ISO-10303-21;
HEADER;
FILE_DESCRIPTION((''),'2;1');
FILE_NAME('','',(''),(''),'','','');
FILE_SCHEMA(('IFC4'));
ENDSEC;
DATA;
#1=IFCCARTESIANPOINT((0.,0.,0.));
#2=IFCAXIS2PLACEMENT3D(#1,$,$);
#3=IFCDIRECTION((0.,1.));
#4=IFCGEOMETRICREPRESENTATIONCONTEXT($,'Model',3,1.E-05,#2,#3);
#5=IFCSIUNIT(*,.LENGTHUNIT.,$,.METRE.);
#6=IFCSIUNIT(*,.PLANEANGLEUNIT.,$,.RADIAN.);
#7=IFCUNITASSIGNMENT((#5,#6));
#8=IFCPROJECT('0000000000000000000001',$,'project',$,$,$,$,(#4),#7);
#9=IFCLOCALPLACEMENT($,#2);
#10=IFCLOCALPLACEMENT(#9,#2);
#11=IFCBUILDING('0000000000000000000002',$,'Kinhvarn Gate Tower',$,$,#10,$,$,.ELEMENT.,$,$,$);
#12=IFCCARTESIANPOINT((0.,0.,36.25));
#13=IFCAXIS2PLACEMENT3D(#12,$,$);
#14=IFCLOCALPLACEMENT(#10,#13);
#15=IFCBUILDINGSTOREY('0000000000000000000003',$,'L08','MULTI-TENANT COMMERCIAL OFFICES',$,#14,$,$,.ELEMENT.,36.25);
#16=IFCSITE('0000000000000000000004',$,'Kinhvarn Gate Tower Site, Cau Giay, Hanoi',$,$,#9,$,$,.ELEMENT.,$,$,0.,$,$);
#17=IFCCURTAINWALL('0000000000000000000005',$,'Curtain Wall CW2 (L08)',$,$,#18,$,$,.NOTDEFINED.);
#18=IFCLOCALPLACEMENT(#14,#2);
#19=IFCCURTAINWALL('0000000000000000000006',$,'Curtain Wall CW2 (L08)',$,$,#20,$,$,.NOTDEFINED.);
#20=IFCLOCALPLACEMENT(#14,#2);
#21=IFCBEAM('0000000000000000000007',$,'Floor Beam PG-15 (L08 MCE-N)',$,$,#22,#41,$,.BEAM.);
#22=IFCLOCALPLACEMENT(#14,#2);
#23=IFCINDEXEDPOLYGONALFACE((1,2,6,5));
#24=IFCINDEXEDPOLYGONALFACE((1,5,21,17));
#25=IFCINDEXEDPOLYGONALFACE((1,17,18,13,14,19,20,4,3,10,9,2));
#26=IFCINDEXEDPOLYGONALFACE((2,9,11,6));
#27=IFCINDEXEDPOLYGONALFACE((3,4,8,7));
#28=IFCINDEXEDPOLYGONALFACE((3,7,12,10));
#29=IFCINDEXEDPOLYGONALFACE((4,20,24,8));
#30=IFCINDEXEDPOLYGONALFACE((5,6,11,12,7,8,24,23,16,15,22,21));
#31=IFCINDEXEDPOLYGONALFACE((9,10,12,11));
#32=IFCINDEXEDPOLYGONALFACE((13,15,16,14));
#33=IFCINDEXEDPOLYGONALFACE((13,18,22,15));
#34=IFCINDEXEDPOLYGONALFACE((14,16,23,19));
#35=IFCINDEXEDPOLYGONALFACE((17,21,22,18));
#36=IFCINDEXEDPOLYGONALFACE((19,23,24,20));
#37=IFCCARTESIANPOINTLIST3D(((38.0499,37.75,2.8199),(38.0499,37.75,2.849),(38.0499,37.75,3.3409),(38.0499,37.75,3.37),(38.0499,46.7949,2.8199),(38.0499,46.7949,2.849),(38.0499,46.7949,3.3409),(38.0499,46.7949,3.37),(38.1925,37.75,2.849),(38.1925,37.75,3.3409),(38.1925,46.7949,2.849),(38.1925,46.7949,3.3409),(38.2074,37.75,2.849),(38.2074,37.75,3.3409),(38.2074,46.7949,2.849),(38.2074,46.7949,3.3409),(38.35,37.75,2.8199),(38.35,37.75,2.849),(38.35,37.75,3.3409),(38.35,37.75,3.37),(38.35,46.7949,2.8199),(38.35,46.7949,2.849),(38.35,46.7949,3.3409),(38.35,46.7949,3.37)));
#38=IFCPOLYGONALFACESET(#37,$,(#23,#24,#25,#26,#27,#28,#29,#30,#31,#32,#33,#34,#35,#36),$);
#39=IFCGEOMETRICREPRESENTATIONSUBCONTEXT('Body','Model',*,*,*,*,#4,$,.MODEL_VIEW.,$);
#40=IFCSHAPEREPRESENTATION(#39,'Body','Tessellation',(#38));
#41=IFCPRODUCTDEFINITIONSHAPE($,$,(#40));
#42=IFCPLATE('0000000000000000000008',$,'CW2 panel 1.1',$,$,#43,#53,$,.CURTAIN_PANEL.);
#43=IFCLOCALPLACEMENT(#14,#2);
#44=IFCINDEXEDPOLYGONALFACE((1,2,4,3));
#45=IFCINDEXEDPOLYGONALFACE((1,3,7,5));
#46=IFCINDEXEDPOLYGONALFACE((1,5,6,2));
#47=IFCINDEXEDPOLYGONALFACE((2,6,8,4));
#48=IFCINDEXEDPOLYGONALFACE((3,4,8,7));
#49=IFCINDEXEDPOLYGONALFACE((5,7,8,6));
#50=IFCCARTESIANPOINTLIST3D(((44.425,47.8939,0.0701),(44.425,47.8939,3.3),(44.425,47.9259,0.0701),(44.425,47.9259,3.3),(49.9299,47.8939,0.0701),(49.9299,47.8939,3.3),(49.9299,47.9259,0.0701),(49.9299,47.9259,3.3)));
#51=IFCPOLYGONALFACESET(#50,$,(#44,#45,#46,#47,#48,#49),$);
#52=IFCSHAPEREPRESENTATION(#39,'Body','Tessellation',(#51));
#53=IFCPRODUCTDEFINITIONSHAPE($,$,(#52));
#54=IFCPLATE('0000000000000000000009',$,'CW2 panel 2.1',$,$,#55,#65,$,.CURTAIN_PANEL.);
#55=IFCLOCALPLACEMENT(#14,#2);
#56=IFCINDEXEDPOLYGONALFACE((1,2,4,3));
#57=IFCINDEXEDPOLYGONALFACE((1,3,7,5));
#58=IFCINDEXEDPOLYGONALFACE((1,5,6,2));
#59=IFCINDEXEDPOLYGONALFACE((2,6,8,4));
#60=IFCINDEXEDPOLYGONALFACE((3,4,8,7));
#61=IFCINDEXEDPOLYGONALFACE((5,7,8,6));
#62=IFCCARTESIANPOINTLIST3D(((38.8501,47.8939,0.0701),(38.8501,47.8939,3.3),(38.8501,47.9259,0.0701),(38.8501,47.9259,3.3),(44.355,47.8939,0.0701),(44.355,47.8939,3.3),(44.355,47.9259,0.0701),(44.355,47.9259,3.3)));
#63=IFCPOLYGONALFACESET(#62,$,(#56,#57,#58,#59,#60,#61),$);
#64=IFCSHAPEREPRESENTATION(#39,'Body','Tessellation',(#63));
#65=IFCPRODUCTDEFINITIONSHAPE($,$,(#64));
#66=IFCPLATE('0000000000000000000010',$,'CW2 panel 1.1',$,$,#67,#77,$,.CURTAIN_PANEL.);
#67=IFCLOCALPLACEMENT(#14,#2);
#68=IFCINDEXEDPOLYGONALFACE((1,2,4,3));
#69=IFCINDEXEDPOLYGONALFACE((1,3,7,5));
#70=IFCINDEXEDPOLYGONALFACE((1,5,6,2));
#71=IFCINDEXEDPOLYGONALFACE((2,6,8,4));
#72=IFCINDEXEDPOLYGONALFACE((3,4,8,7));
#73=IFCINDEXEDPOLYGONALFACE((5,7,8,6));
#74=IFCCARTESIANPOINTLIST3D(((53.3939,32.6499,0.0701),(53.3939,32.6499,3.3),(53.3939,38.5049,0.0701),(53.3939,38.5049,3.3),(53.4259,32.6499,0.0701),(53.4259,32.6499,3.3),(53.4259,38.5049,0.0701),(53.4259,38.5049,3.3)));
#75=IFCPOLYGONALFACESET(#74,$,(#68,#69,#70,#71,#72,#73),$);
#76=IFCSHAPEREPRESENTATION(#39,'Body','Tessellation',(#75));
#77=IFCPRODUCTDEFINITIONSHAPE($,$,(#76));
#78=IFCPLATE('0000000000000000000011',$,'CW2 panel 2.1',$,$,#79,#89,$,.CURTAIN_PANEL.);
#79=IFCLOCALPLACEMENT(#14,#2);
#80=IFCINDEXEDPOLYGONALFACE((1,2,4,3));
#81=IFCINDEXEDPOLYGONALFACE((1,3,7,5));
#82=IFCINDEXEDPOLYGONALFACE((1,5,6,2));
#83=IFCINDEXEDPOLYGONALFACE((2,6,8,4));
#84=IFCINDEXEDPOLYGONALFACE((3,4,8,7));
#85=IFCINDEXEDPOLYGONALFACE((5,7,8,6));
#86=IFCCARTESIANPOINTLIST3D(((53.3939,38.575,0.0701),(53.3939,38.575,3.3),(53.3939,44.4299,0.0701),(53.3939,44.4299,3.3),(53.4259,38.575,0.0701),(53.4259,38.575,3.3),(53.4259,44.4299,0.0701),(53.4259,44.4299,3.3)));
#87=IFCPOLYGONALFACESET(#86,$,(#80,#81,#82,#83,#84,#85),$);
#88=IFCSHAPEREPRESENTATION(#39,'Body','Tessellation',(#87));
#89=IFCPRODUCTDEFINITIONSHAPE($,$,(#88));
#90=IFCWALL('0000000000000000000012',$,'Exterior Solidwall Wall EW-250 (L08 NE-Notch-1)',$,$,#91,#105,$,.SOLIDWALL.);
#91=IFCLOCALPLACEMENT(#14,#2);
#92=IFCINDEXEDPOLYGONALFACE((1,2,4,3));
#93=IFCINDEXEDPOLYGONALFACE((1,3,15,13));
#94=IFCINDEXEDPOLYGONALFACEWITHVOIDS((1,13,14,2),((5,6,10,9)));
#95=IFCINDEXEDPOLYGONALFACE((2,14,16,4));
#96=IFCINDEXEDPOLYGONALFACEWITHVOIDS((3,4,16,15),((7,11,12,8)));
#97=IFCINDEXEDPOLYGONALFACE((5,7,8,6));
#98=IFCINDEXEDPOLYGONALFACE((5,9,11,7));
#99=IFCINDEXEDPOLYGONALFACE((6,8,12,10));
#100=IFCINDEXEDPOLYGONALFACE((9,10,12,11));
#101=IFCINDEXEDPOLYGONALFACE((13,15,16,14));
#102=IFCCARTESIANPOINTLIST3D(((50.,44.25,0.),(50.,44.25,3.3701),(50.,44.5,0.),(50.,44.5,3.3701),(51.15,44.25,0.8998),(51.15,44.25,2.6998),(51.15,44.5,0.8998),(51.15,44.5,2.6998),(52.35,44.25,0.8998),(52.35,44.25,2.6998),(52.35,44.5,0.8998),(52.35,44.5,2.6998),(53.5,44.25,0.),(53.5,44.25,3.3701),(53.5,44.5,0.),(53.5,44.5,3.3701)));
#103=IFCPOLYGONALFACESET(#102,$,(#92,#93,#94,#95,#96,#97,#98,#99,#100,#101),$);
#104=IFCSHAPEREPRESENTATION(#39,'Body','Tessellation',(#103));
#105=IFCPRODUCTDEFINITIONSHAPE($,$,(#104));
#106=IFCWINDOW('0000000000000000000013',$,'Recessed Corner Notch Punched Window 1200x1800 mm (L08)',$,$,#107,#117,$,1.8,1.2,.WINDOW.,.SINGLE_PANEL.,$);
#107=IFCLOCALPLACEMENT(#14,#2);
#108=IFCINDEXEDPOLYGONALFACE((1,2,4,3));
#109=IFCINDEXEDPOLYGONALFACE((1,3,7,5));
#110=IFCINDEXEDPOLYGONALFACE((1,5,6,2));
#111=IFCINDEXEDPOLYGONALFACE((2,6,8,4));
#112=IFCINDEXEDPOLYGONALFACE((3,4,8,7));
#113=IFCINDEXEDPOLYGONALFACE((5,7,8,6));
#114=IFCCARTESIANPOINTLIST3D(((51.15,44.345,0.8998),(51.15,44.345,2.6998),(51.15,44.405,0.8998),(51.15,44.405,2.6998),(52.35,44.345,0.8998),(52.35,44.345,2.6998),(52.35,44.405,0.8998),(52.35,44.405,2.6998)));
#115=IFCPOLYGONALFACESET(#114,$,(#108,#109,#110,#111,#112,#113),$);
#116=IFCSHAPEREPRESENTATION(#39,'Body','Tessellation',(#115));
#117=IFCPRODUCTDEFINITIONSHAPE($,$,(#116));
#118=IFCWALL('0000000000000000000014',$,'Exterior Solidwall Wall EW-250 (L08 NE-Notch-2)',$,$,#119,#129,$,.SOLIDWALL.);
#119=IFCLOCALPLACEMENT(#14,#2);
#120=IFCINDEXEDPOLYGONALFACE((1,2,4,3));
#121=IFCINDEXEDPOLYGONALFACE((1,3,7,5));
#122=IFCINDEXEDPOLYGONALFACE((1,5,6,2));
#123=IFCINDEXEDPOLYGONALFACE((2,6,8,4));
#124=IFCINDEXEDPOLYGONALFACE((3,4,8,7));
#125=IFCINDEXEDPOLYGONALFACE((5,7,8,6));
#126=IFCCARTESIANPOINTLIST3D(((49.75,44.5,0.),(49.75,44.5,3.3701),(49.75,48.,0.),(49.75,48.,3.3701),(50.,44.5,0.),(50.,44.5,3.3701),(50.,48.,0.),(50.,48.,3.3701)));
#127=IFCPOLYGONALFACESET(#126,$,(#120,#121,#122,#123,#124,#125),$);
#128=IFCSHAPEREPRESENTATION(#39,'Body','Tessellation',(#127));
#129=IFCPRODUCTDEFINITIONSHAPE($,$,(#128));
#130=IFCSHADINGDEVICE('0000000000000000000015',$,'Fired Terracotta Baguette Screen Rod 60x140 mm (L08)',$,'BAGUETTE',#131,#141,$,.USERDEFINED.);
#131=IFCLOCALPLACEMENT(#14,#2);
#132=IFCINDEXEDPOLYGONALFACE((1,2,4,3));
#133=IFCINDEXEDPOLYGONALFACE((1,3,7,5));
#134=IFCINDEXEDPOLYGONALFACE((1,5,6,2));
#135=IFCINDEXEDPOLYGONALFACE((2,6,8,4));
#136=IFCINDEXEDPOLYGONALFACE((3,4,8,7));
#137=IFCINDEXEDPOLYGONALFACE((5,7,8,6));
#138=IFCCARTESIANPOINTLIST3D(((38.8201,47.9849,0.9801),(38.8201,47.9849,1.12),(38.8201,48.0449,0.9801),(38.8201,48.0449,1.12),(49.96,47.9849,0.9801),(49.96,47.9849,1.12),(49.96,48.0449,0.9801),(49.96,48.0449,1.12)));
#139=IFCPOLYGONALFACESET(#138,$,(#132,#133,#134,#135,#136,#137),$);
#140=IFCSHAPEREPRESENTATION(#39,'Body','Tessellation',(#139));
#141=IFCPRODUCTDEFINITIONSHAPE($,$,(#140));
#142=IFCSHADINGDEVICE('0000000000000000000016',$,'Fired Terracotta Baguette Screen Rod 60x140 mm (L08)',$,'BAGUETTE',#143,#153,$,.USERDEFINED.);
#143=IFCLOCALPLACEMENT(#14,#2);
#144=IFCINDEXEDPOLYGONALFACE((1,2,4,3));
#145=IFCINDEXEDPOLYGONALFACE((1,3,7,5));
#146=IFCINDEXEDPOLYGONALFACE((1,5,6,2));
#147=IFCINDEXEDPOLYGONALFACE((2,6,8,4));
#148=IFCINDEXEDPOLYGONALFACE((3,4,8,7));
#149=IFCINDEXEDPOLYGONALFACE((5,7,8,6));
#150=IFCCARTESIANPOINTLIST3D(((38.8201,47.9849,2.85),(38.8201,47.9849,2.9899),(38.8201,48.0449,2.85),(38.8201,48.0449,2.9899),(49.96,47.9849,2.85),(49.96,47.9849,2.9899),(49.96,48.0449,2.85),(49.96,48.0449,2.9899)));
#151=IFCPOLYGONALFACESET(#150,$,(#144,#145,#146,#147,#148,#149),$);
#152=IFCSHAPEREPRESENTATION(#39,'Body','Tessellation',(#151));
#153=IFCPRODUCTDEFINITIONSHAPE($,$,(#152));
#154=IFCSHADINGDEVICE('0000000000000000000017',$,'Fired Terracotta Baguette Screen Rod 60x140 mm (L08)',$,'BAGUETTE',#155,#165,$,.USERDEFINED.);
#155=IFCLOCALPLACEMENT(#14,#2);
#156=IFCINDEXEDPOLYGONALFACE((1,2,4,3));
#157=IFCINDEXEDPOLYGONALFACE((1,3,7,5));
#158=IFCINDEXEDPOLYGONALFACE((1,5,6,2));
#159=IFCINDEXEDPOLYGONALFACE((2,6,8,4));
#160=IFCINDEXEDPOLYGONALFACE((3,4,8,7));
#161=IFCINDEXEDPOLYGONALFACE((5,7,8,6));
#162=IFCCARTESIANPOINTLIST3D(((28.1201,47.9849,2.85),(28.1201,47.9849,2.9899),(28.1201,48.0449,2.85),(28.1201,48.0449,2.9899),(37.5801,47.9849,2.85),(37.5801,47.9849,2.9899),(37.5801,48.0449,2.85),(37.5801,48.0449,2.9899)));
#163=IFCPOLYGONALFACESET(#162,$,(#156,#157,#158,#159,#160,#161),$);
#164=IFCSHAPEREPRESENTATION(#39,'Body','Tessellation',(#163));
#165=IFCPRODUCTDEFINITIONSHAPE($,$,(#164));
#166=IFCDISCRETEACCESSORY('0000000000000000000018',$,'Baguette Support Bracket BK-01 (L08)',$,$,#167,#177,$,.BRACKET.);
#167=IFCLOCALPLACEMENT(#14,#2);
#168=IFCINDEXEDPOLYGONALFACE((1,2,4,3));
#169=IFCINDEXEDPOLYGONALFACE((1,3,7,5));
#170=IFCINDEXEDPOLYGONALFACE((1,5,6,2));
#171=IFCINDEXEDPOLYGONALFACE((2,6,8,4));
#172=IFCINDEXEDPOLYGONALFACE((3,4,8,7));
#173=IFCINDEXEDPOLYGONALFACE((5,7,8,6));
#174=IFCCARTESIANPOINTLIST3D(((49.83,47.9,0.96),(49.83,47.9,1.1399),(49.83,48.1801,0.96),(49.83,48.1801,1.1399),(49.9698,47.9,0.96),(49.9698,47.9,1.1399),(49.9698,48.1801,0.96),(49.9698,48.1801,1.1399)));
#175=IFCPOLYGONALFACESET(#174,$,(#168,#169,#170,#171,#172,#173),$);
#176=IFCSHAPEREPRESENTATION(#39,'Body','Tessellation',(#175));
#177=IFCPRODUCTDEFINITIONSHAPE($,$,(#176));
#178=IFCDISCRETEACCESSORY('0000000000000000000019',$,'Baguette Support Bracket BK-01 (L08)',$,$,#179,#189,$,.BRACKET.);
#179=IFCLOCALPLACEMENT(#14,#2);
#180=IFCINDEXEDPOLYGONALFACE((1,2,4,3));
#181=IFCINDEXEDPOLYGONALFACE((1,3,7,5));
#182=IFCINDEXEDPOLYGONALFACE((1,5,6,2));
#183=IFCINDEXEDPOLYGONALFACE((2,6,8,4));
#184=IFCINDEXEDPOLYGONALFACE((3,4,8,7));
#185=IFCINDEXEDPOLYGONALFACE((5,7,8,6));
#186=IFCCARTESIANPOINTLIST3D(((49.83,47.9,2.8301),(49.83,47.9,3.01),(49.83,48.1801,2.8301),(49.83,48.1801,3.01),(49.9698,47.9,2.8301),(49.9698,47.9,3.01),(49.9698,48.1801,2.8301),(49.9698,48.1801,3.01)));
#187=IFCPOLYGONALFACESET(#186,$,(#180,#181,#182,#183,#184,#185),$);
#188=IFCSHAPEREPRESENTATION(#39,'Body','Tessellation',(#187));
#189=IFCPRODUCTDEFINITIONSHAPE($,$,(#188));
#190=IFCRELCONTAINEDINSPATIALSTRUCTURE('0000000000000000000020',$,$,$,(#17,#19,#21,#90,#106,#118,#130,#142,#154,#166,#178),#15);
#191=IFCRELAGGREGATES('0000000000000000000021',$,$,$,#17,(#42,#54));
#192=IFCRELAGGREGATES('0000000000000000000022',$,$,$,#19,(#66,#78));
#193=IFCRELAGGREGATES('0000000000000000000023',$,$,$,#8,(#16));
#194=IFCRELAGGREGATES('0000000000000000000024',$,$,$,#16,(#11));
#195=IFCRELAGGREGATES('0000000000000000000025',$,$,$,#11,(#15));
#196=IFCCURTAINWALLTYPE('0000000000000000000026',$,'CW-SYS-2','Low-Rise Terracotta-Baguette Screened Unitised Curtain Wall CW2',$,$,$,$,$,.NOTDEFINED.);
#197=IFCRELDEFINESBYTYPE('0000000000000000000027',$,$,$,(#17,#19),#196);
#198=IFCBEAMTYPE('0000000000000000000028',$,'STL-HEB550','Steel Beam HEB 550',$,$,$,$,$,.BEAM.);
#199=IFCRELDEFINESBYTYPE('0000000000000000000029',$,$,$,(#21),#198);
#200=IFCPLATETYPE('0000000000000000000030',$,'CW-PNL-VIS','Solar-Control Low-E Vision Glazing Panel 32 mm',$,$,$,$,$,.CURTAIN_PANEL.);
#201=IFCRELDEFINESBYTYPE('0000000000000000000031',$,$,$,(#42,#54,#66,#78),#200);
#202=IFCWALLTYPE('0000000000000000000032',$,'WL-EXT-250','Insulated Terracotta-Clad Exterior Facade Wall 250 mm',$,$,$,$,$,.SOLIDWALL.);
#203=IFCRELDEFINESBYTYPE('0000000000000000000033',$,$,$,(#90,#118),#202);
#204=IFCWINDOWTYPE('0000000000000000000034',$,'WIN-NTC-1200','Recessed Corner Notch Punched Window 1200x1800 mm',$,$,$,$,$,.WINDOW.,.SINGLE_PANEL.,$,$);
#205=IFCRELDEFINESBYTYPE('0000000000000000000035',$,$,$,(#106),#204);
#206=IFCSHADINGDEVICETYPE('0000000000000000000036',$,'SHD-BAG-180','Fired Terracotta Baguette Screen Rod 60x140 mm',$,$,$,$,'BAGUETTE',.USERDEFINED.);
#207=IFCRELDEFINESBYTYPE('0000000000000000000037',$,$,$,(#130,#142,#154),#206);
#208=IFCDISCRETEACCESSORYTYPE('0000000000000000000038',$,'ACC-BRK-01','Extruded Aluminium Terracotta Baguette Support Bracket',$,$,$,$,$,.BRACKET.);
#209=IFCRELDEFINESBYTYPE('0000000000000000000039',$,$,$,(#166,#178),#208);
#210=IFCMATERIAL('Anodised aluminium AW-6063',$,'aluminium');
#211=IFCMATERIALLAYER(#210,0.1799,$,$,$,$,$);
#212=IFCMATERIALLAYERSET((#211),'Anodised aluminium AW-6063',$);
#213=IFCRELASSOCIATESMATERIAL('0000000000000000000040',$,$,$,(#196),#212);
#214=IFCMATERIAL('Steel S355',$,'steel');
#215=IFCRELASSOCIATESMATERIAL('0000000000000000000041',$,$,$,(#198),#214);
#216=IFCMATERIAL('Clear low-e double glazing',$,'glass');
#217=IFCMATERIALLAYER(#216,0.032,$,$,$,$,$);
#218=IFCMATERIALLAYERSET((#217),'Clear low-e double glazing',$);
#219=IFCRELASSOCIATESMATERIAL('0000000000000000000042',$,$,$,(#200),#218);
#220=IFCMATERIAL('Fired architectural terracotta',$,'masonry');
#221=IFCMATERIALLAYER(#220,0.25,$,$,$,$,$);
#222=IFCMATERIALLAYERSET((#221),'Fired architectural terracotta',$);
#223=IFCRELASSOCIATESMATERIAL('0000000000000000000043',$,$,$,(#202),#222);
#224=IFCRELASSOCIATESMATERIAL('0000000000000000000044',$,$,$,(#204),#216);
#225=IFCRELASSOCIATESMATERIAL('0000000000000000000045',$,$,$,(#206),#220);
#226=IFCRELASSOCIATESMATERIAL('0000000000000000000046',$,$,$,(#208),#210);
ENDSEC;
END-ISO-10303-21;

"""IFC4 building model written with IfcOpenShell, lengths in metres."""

from ifc_helpers import new_model, si_unit, direction, frame, frame_2d, origin, origin_2d, place, context, subcontext, project, spatial, rectangle, i_section, extrude, material, layer, layer_set, material_profile, profile_set, type_object, element, fill, aggregate, save


model = new_model("IFC4")

# Units and contexts
model_context = context("Model", 3, precision=1e-05, world=origin(), true_north=direction((0.0, 1.0)))
body_context = subcontext(model_context, "Body", "Model", "MODEL_VIEW")
ifc_project = project(units=[si_unit("LENGTHUNIT", "METRE"), si_unit("PLANEANGLEUNIT", "RADIAN")], contexts=[model_context])

# Site, building, storey
site_placement = place(None, origin())
site = spatial("IfcSite", under=ifc_project, at=site_placement, Name="Kinhvarn Gate Tower Site, Cau Giay, Hanoi", CompositionType="ELEMENT", RefElevation=0.0)
building_placement = place(site_placement, origin())
building = spatial("IfcBuilding", under=site, at=building_placement, Name="Kinhvarn Gate Tower", CompositionType="ELEMENT")
storey_placement = place(building_placement, frame((0.0, 0.0, 36.25)))
storey = spatial("IfcBuildingStorey", under=building, at=storey_placement, Name="L08", Description="MULTI-TENANT COMMERCIAL OFFICES", CompositionType="ELEMENT", Elevation=36.25)

# Curtain wall
ifc_material_1 = material(Name="Anodised aluminium AW-6063", Category="aluminium")
ifc_layer_1 = layer(ifc_material_1, 0.1799)
ifc_layer_set_1 = layer_set([ifc_layer_1], Name="Anodised aluminium AW-6063")
curtain_wall_type = type_object("IfcCurtainWallType", Name="CW-SYS-2", Description="Low-Rise Terracotta-Baguette Screened Unitised Curtain Wall CW2", PredefinedType="NOTDEFINED", material=ifc_layer_set_1)
curtain_wall_1_placement = place(storey_placement, origin())
curtain_wall_1 = element("IfcCurtainWall", 1, at=curtain_wall_1_placement, inside=storey, type_object=curtain_wall_type, Name="Curtain Wall CW2 (L08)", PredefinedType="NOTDEFINED")

# Curtain wall
curtain_wall_2_placement = place(storey_placement, origin())
curtain_wall_2 = element("IfcCurtainWall", 2, at=curtain_wall_2_placement, inside=storey, type_object=curtain_wall_type, Name="Curtain Wall CW2 (L08)", PredefinedType="NOTDEFINED")

# Beam
ifc_material_2 = material(Name="Steel S355", Category="steel")
ifc_material_profile_1 = material_profile(ifc_material_2, i_section(OverallWidth=0.3, OverallDepth=0.55, WebThickness=0.0149, FlangeThickness=0.0291, at=origin_2d()), Name="HEB 550")
ifc_profile_set_1 = profile_set([ifc_material_profile_1], Name="Steel S355")
beam_type = type_object("IfcBeamType", Name="STL-HEB550", Description="Steel Beam HEB 550", PredefinedType="BEAM", material=ifc_profile_set_1)
beam_placement = place(storey_placement, frame((38.2, 37.75, 3.095), z_axis=(0.0, 1.0, 0.0), x_axis=(-1.0, 0.0, 0.0)))
element("IfcBeam", 3, at=beam_placement, inside=storey, type_object=beam_type, Name="Floor Beam PG-15 (L08 MCE-N)", PredefinedType="BEAM", context=body_context, shape_type="SweptSolid", body=[
    extrude(i_section(OverallWidth=0.3, OverallDepth=0.55, WebThickness=0.0149, FlangeThickness=0.0291, at=origin_2d()), origin(), (0.0, 0.0, 1.0), 9.0449),
])

# Plates
ifc_material_3 = material(Name="Clear low-e double glazing", Category="glass")
ifc_layer_2 = layer(ifc_material_3, 0.032)
ifc_layer_set_2 = layer_set([ifc_layer_2], Name="Clear low-e double glazing")
plate_type = type_object("IfcPlateType", Name="CW-PNL-VIS", Description="Solar-Control Low-E Vision Glazing Panel 32 mm", PredefinedType="CURTAIN_PANEL", material=ifc_layer_set_2)
plate_1_placement = place(storey_placement, frame((47.1775, 47.9099, 0.0701), z_axis=(0.0, 0.0, 1.0), x_axis=(-1.0, 0.0, 0.0)))
plate_1 = element("IfcPlate", 4, at=plate_1_placement, type_object=plate_type, Name="CW2 panel 1.1", PredefinedType="CURTAIN_PANEL", context=body_context, shape_type="SweptSolid", body=[
    extrude(rectangle(XDim=5.5049, YDim=0.032, at=origin_2d()), origin(), (0.0, 0.0, 1.0), 3.23),
])
plate_2_placement = place(storey_placement, frame((41.6025, 47.9099, 0.0701), z_axis=(0.0, 0.0, 1.0), x_axis=(-1.0, 0.0, 0.0)))
plate_2 = element("IfcPlate", 5, at=plate_2_placement, type_object=plate_type, Name="CW2 panel 2.1", PredefinedType="CURTAIN_PANEL", context=body_context, shape_type="SweptSolid", body=[
    extrude(rectangle(XDim=5.5049, YDim=0.032, at=origin_2d()), origin(), (0.0, 0.0, 1.0), 3.23),
])
aggregate(curtain_wall_1, [plate_1, plate_2])
plate_3_placement = place(storey_placement, frame((53.4099, 35.5774, 0.0701), z_axis=(0.0, 0.0, 1.0), x_axis=(0.0, 1.0, 0.0)))
plate_3 = element("IfcPlate", 6, at=plate_3_placement, type_object=plate_type, Name="CW2 panel 1.1", PredefinedType="CURTAIN_PANEL", context=body_context, shape_type="SweptSolid", body=[
    extrude(rectangle(XDim=5.855, YDim=0.032, at=origin_2d()), origin(), (0.0, 0.0, 1.0), 3.23),
])
plate_4_placement = place(storey_placement, frame((53.4099, 41.5024, 0.0701), z_axis=(0.0, 0.0, 1.0), x_axis=(0.0, 1.0, 0.0)))
plate_4 = element("IfcPlate", 7, at=plate_4_placement, type_object=plate_type, Name="CW2 panel 2.1", PredefinedType="CURTAIN_PANEL", context=body_context, shape_type="SweptSolid", body=[
    extrude(rectangle(XDim=5.855, YDim=0.032, at=origin_2d()), origin(), (0.0, 0.0, 1.0), 3.23),
])
aggregate(curtain_wall_2, [plate_3, plate_4])

# Wall, opening, window
ifc_material_4 = material(Name="Fired architectural terracotta", Category="masonry")
ifc_layer_3 = layer(ifc_material_4, 0.25)
ifc_layer_set_3 = layer_set([ifc_layer_3], Name="Fired architectural terracotta")
wall_type = type_object("IfcWallType", Name="WL-EXT-250", Description="Insulated Terracotta-Clad Exterior Facade Wall 250 mm", PredefinedType="SOLIDWALL", material=ifc_layer_set_3)
wall_1_placement = place(storey_placement, frame((53.5, 44.375, 0.0), z_axis=(0.0, 0.0, 1.0), x_axis=(-1.0, 0.0, 0.0)))
wall_1 = element("IfcWall", 8, at=wall_1_placement, inside=storey, type_object=wall_type, Name="Exterior Solidwall Wall EW-250 (L08 NE-Notch-1)", PredefinedType="SOLIDWALL", context=body_context, shape_type="SweptSolid", body=[
    extrude(rectangle(XDim=3.5, YDim=0.25, at=frame_2d((1.75, 0.0))), origin(), (0.0, 0.0, 1.0), 3.3701),
])
opening_placement = place(wall_1_placement, frame((1.1499, 0.0, 0.8999)))
opening = element("IfcOpeningElement", 9, at=opening_placement, cuts=wall_1, PredefinedType="OPENING", context=body_context, shape_type="SweptSolid", body=[
    extrude(rectangle(XDim=1.2, YDim=1.8, at=frame_2d((0.6001, 0.8999))), frame((0.0, 0.135, 0.0), z_axis=(0.0, -1.0, 0.0), x_axis=(1.0, 0.0, 0.0)), (0.0, 0.0, 1.0), 0.27),
])
window_type = type_object("IfcWindowType", Name="WIN-NTC-1200", Description="Recessed Corner Notch Punched Window 1200x1800 mm", PartitioningType="SINGLE_PANEL", PredefinedType="WINDOW", material=ifc_material_3)
window_placement = place(opening_placement, origin())
window = element("IfcWindow", 10, at=window_placement, inside=storey, type_object=window_type, Name="Recessed Corner Notch Punched Window 1200x1800 mm (L08)", OverallHeight=1.8, OverallWidth=1.2, PartitioningType="SINGLE_PANEL", PredefinedType="WINDOW", context=body_context, shape_type="SweptSolid", body=[
    extrude(rectangle(XDim=1.2, YDim=1.8, at=frame_2d((0.6001, 0.8999))), frame((0.0, 0.03, 0.0), z_axis=(0.0, -1.0, 0.0), x_axis=(1.0, 0.0, 0.0)), (0.0, 0.0, 1.0), 0.0601),
])
fill(opening, window)

# Wall
wall_2_placement = place(storey_placement, frame((49.875, 44.5, 0.0), z_axis=(0.0, 0.0, 1.0), x_axis=(0.0, 1.0, 0.0)))
element("IfcWall", 11, at=wall_2_placement, inside=storey, type_object=wall_type, Name="Exterior Solidwall Wall EW-250 (L08 NE-Notch-2)", PredefinedType="SOLIDWALL", context=body_context, shape_type="SweptSolid", body=[
    extrude(rectangle(XDim=3.5, YDim=0.25, at=frame_2d((1.75, 0.0))), origin(), (0.0, 0.0, 1.0), 3.3701),
])

# Shading devices
ifc_material_profile_2 = material_profile(ifc_material_4, rectangle(XDim=0.0601, YDim=0.1399, at=origin_2d()), Name="TC 60x140")
ifc_profile_set_2 = profile_set([ifc_material_profile_2], Name="Fired architectural terracotta")
shading_device_type = type_object("IfcShadingDeviceType", Name="SHD-BAG-180", Description="Fired Terracotta Baguette Screen Rod 60x140 mm", ElementType="BAGUETTE", PredefinedType="USERDEFINED", material=ifc_profile_set_2)
for number, where, z_axis, x_axis, name in (
    (12, (49.96, 48.0149, 1.05), (-1.0, 0.0, 0.0), (0.0, -1.0, 0.0), "Fired Terracotta Baguette Screen Rod 60x140 mm (L08)"),
    (13, (49.96, 48.0149, 2.9199), (-1.0, 0.0, 0.0), (0.0, -1.0, 0.0), "Fired Terracotta Baguette Screen Rod 60x140 mm (L08)"),
):
    element("IfcShadingDevice", number, at=place(storey_placement, frame(where, z_axis=z_axis, x_axis=x_axis)), inside=storey, type_object=shading_device_type, Name=name, ObjectType="BAGUETTE", PredefinedType="USERDEFINED", context=body_context, shape_type="SweptSolid", body=[
        extrude(rectangle(XDim=0.0601, YDim=0.1399, at=origin_2d()), origin(), (0.0, 0.0, 1.0), 11.1399),
    ])
shading_device_placement = place(storey_placement, frame((37.5801, 48.0149, 2.9199), z_axis=(-1.0, 0.0, 0.0), x_axis=(0.0, -1.0, 0.0)))
element("IfcShadingDevice", 14, at=shading_device_placement, inside=storey, type_object=shading_device_type, Name="Fired Terracotta Baguette Screen Rod 60x140 mm (L08)", ObjectType="BAGUETTE", PredefinedType="USERDEFINED", context=body_context, shape_type="SweptSolid", body=[
    extrude(rectangle(XDim=0.0601, YDim=0.1399, at=origin_2d()), origin(), (0.0, 0.0, 1.0), 9.46),
])

# Discrete accessories
discrete_accessory_type = type_object("IfcDiscreteAccessoryType", Name="ACC-BRK-01", Description="Extruded Aluminium Terracotta Baguette Support Bracket", PredefinedType="BRACKET", material=ifc_material_1)
for number, where, z_axis, x_axis, name in (
    (15, (49.8999, 48.04, 0.96), (0.0, 0.0, 1.0), (-1.0, 0.0, 0.0), "Baguette Support Bracket BK-01 (L08)"),
    (16, (49.8999, 48.04, 2.8301), (0.0, 0.0, 1.0), (-1.0, 0.0, 0.0), "Baguette Support Bracket BK-01 (L08)"),
):
    element("IfcDiscreteAccessory", number, at=place(storey_placement, frame(where, z_axis=z_axis, x_axis=x_axis)), inside=storey, type_object=discrete_accessory_type, Name=name, PredefinedType="BRACKET", context=body_context, shape_type="SweptSolid", body=[
        extrude(rectangle(XDim=0.1399, YDim=0.28, at=origin_2d()), origin(), (0.0, 0.0, 1.0), 0.1799),
    ])

save(model, "model.ifc")
